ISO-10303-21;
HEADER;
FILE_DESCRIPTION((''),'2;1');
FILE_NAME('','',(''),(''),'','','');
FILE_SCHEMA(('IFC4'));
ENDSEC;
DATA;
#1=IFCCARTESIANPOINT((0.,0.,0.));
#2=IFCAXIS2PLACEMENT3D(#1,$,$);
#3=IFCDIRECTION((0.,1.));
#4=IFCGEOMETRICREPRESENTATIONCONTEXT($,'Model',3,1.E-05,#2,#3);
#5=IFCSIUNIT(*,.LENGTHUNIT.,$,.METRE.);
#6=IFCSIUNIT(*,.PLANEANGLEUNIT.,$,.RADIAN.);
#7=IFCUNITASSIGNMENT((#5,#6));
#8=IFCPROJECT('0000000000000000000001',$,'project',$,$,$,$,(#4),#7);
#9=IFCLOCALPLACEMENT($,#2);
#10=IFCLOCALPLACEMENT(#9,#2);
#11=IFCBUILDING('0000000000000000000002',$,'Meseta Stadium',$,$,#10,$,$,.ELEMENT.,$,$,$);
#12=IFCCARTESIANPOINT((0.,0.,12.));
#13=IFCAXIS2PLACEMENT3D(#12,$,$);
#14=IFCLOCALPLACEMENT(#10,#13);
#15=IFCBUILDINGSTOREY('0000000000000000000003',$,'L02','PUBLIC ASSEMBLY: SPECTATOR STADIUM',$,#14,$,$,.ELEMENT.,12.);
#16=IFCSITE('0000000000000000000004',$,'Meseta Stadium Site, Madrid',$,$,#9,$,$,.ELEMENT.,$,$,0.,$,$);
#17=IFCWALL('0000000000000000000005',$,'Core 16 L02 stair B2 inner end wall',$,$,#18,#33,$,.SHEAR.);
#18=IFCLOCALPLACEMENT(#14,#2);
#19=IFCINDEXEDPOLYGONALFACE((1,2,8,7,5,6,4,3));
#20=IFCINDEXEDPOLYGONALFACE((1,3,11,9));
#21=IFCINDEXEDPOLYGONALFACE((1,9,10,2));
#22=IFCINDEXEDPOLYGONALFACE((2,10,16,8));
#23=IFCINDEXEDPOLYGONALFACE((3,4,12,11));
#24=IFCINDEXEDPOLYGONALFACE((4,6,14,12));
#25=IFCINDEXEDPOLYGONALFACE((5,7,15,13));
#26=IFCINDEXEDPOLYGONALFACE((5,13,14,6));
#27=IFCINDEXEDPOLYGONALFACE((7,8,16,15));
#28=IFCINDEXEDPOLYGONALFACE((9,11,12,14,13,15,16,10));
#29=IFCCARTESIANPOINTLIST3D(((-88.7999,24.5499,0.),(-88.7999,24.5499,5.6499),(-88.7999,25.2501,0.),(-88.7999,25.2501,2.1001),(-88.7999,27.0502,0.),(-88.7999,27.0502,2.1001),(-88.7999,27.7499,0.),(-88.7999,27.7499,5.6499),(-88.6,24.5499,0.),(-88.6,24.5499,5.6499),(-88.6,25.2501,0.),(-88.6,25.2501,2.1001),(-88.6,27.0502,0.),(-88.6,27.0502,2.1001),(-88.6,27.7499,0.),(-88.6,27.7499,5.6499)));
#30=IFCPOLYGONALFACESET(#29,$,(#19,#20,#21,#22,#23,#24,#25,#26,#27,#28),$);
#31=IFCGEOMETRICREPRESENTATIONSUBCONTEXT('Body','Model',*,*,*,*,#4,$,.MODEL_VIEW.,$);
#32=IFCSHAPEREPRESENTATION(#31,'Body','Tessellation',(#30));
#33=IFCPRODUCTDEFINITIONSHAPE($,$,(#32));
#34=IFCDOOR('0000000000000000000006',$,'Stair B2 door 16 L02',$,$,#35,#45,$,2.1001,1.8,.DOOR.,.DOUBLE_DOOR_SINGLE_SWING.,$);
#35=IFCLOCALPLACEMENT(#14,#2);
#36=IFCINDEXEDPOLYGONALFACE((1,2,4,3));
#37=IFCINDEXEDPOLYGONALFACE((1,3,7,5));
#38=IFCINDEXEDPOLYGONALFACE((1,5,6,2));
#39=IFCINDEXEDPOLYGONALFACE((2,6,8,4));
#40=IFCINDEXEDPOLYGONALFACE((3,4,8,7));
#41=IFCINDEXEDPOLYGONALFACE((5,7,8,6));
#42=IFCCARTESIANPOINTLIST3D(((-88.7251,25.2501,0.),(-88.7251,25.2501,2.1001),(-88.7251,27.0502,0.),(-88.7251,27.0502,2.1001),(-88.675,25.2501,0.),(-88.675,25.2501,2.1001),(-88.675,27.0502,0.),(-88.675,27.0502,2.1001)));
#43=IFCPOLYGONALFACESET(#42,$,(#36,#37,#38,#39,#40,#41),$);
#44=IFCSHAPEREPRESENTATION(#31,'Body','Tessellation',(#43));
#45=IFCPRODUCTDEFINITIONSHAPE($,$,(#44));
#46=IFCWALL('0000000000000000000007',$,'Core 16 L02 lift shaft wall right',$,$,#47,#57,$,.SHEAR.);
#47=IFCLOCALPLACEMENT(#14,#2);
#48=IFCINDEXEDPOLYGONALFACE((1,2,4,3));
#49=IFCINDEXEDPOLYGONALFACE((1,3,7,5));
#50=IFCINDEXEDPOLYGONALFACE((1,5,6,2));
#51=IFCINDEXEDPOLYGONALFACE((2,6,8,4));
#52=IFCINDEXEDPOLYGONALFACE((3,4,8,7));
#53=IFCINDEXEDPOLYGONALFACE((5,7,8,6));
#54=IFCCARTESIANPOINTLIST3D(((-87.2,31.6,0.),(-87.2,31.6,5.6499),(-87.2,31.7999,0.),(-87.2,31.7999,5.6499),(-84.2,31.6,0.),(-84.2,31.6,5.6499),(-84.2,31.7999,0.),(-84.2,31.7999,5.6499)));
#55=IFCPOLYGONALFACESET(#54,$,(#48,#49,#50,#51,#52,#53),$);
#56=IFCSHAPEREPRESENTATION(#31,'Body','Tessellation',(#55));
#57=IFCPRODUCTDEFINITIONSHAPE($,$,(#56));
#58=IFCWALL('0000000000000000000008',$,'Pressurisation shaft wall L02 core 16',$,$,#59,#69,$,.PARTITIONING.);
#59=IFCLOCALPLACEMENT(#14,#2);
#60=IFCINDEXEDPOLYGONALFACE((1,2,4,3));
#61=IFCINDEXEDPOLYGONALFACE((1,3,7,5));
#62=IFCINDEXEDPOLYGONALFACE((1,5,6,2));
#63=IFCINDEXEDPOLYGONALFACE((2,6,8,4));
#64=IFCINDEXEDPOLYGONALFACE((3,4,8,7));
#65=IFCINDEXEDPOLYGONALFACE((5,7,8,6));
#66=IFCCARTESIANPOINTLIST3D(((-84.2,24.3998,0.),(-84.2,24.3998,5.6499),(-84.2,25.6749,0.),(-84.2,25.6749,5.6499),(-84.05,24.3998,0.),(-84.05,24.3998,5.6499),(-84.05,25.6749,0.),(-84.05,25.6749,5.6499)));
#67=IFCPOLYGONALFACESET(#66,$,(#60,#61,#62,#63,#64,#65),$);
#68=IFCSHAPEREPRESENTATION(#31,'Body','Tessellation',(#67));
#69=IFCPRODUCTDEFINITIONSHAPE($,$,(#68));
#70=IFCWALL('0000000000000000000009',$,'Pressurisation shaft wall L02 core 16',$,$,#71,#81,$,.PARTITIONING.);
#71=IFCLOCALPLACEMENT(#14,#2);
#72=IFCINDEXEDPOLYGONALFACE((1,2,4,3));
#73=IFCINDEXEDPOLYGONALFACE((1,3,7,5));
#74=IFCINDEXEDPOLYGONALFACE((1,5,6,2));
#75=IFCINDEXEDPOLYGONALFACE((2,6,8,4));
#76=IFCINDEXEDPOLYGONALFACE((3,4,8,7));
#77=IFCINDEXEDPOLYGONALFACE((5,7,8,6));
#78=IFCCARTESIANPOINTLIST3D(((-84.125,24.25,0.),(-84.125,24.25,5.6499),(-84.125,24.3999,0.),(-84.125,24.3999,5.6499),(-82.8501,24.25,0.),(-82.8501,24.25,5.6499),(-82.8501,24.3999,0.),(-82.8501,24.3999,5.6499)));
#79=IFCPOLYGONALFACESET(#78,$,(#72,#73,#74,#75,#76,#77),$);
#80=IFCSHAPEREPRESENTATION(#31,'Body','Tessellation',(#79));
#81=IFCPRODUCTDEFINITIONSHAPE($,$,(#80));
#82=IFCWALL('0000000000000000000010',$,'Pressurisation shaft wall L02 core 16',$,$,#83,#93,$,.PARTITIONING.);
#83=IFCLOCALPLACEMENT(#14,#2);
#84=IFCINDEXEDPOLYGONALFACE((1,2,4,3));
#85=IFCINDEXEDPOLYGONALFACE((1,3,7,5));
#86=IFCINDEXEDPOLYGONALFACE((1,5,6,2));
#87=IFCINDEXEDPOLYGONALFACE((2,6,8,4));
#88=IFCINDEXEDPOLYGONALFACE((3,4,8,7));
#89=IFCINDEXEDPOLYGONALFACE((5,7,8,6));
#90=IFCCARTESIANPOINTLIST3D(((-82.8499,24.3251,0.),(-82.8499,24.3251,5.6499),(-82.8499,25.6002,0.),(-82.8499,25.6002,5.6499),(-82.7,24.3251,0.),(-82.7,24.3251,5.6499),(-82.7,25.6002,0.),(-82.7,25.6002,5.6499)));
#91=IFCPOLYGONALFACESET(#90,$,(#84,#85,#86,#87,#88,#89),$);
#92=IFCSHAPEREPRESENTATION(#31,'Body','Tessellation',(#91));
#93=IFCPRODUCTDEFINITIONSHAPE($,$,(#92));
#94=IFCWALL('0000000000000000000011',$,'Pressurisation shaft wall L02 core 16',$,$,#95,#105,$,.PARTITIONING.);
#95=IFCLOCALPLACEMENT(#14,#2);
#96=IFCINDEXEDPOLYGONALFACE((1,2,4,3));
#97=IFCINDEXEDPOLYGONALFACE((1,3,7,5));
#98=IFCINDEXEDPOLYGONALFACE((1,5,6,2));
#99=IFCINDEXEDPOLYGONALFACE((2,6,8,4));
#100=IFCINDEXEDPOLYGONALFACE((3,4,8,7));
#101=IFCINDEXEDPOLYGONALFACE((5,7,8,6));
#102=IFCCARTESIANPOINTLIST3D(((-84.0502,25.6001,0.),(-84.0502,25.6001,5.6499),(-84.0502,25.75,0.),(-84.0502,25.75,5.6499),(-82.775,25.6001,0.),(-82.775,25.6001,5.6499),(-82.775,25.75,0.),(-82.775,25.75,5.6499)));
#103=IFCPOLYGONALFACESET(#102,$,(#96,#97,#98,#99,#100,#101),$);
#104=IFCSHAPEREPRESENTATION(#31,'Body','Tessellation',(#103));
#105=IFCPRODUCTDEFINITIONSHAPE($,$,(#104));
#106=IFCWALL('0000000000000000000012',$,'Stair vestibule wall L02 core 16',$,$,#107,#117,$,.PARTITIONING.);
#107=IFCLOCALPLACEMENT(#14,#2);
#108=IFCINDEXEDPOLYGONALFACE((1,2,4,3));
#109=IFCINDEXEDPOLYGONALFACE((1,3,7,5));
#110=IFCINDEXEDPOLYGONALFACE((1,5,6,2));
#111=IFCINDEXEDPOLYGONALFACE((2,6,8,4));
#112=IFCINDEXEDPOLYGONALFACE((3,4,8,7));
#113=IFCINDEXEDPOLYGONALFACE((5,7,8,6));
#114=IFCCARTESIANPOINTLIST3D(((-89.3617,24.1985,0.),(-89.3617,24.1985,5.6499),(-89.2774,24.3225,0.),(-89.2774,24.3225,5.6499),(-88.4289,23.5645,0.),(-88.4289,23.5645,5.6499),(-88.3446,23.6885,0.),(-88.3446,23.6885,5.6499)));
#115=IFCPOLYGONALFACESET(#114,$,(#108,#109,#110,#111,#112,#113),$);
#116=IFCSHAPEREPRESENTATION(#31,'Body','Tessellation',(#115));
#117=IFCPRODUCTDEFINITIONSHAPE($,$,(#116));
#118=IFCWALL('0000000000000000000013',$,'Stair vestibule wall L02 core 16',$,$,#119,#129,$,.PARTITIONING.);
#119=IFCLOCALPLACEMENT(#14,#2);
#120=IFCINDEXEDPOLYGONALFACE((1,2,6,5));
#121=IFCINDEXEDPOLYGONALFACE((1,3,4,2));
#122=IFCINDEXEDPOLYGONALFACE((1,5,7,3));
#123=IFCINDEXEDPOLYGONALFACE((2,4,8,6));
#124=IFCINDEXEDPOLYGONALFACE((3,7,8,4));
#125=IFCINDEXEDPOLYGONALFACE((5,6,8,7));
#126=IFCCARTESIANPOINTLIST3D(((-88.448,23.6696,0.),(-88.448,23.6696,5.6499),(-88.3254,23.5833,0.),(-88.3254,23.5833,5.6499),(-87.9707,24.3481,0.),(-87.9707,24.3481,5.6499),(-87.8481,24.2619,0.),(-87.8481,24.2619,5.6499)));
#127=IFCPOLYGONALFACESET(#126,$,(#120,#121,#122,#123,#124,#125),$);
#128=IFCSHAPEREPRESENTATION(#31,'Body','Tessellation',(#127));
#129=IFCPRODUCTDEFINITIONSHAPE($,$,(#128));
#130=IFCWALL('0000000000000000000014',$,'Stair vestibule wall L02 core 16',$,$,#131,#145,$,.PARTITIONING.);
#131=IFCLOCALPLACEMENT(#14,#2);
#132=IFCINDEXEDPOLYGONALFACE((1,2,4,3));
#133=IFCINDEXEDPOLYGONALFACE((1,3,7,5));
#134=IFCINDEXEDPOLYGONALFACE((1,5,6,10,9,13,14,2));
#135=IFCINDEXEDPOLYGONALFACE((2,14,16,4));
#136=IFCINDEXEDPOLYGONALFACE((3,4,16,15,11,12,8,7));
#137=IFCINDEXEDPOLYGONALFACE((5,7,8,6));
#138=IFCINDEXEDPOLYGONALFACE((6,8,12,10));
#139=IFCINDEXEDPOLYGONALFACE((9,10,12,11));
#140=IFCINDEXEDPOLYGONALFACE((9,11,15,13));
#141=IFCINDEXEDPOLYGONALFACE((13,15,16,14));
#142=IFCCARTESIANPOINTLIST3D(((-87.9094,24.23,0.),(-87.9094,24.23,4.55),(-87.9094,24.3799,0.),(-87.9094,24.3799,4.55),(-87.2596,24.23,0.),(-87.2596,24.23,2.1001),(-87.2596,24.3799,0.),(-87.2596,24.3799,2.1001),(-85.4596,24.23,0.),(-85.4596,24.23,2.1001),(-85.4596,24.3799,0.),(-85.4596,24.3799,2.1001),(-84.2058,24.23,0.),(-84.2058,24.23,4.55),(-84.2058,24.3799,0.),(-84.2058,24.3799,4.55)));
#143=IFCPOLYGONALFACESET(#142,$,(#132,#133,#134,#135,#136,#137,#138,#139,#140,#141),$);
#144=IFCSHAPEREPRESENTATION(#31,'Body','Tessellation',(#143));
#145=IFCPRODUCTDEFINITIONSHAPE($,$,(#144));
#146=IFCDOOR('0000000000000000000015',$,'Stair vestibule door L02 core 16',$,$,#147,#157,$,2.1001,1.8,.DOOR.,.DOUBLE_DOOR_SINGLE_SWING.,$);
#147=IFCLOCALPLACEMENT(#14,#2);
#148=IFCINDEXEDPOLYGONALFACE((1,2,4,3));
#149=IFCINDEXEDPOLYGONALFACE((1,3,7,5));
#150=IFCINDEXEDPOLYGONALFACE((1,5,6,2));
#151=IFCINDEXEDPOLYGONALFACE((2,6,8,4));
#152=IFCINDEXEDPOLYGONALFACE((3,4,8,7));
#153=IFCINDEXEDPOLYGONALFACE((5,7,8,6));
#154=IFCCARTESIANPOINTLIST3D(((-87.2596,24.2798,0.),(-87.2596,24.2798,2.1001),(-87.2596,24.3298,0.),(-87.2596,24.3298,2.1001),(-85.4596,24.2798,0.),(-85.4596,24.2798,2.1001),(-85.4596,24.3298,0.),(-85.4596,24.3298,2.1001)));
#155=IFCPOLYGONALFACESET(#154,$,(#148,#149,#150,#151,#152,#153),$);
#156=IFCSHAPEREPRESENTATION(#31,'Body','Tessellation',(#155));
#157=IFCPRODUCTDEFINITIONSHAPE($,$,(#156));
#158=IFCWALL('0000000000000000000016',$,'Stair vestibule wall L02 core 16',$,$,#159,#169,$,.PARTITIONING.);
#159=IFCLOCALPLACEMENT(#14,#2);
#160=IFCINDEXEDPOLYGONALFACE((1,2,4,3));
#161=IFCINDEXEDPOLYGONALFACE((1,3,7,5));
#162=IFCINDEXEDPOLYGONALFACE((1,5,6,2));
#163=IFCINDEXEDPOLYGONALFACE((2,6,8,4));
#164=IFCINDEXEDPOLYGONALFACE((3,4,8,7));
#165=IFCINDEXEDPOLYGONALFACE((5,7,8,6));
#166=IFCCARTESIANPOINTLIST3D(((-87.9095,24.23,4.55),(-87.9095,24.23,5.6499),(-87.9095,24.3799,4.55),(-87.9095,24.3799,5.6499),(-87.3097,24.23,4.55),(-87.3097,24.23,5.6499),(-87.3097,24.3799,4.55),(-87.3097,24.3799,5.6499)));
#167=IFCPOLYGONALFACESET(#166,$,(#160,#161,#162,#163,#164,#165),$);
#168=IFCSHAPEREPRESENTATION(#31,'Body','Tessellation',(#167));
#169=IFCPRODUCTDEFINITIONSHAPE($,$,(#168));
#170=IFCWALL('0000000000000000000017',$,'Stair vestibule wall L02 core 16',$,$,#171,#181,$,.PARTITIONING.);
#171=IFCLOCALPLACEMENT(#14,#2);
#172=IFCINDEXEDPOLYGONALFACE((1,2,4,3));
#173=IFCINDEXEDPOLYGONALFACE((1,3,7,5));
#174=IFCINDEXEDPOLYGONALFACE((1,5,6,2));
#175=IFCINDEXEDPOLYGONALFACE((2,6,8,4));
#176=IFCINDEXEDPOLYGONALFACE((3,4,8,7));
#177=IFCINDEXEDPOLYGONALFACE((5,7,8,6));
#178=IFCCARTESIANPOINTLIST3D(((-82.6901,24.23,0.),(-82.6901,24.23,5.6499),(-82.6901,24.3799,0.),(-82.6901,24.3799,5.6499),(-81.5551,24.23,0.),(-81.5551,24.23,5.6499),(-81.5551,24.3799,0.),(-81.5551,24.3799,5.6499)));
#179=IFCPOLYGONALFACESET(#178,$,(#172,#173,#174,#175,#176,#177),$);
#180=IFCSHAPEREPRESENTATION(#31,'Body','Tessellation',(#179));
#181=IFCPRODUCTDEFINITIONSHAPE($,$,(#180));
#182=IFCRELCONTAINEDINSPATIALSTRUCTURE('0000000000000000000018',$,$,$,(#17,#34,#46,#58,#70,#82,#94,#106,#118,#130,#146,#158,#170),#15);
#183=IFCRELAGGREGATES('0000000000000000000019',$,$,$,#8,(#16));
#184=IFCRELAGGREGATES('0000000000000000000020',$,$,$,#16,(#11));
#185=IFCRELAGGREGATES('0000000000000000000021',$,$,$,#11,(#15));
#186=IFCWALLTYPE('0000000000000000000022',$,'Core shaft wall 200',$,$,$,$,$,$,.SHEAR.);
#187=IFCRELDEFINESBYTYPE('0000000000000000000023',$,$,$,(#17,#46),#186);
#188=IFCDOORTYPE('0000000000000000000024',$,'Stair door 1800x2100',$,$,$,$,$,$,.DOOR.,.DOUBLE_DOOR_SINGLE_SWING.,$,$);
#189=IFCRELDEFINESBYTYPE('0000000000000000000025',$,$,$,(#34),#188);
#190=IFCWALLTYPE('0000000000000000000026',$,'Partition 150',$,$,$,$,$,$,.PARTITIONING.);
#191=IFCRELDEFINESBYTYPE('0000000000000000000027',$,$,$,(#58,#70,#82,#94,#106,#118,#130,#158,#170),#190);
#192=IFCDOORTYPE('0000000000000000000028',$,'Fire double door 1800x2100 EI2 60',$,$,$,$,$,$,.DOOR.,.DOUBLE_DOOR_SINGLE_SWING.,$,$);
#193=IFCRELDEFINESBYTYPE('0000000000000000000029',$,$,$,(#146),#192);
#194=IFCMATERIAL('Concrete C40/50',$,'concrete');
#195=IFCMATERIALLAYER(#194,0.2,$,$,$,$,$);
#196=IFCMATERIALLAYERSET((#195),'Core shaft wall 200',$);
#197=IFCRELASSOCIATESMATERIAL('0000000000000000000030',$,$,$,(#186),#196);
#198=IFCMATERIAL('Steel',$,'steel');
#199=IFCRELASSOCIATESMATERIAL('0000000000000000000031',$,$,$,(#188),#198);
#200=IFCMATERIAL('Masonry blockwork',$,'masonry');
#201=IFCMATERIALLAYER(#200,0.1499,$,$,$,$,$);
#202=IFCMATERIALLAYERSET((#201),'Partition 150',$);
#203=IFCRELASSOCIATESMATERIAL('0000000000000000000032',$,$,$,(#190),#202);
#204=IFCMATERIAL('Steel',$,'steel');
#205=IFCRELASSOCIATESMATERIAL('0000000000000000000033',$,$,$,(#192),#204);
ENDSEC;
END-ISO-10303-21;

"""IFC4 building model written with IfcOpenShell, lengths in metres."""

from ifc_helpers import new_model, si_unit, direction, frame, frame_2d, origin, place, context, subcontext, project, spatial, rectangle, extrude, material, layer, layer_set, type_object, element, fill, save


model = new_model("IFC4")

# Units and contexts
model_context = context("Model", 3, precision=1e-05, world=origin(), true_north=direction((0.0, 1.0)))
body_context = subcontext(model_context, "Body", "Model", "MODEL_VIEW")
ifc_project = project(units=[si_unit("LENGTHUNIT", "METRE"), si_unit("PLANEANGLEUNIT", "RADIAN")], contexts=[model_context])

# Site, building, storey
site_placement = place(None, origin())
site = spatial("IfcSite", under=ifc_project, at=site_placement, Name="Meseta Stadium Site, Madrid", CompositionType="ELEMENT", RefElevation=0.0)
building_placement = place(site_placement, origin())
building = spatial("IfcBuilding", under=site, at=building_placement, Name="Meseta Stadium", CompositionType="ELEMENT")
storey_placement = place(building_placement, frame((0.0, 0.0, 12.0)))
storey = spatial("IfcBuildingStorey", under=building, at=storey_placement, Name="L02", Description="PUBLIC ASSEMBLY: SPECTATOR STADIUM", CompositionType="ELEMENT", Elevation=12.0)

# Wall, opening, door
ifc_material_1 = material(Name="Concrete C40/50", Category="concrete")
ifc_layer_1 = layer(ifc_material_1, 0.2)
ifc_layer_set_1 = layer_set([ifc_layer_1], Name="Core shaft wall 200")
wall_type_1 = type_object("IfcWallType", Name="Core shaft wall 200", PredefinedType="SHEAR", material=ifc_layer_set_1)
ifc_material_2 = material(Name="Steel", Category="steel")
door_type_1 = type_object("IfcDoorType", Name="Stair door 1800x2100", OperationType="DOUBLE_DOOR_SINGLE_SWING", PredefinedType="DOOR", material=ifc_material_2)
wall_1_placement = place(storey_placement, frame((-88.7, 27.75, 0.0), z_axis=(0.0, 0.0, 1.0), x_axis=(0.0, -1.0, 0.0)))
wall_1 = element("IfcWall", 1, at=wall_1_placement, inside=storey, type_object=wall_type_1, Name="Core 16 L02 stair B2 inner end wall", PredefinedType="SHEAR", context=body_context, shape_type="SweptSolid", body=[
    extrude(rectangle(XDim=3.2, YDim=0.2, at=frame_2d((1.6001, 0.0))), origin(), (0.0, 0.0, 1.0), 5.6499),
])
opening_1_placement = place(wall_1_placement, frame((0.7, 0.0, 0.0)))
opening_1 = element("IfcOpeningElement", 2, at=opening_1_placement, cuts=wall_1, PredefinedType="OPENING", context=body_context, shape_type="SweptSolid", body=[
    extrude(rectangle(XDim=1.8, YDim=2.1001, at=frame_2d((0.8999, 1.05))), frame((0.0, 0.1099, 0.0), z_axis=(0.0, -1.0, 0.0), x_axis=(1.0, 0.0, 0.0)), (0.0, 0.0, 1.0), 0.22),
])
door_1_placement = place(opening_1_placement, origin())
door_1 = element("IfcDoor", 3, at=door_1_placement, inside=storey, type_object=door_type_1, Name="Stair B2 door 16 L02", OperationType="DOUBLE_DOOR_SINGLE_SWING", OverallHeight=2.1001, OverallWidth=1.8, PredefinedType="DOOR", context=body_context, shape_type="SweptSolid", body=[
    extrude(rectangle(XDim=1.8, YDim=2.1001, at=frame_2d((0.8999, 1.05))), frame((0.0, 0.0249, 0.0), z_axis=(0.0, -1.0, 0.0), x_axis=(1.0, 0.0, 0.0)), (0.0, 0.0, 1.0), 0.05),
])
fill(opening_1, door_1)

# Walls
wall_2_placement = place(storey_placement, frame((-87.2, 31.7, 0.0), z_axis=(0.0, 0.0, 1.0), x_axis=(1.0, 0.0, 0.0)))
element("IfcWall", 4, at=wall_2_placement, inside=storey, type_object=wall_type_1, Name="Core 16 L02 lift shaft wall right", PredefinedType="SHEAR", context=body_context, shape_type="SweptSolid", body=[
    extrude(rectangle(XDim=3.0, YDim=0.2, at=frame_2d((1.5, 0.0))), origin(), (0.0, 0.0, 1.0), 5.6499),
])
ifc_material_3 = material(Name="Masonry blockwork", Category="masonry")
ifc_layer_2 = layer(ifc_material_3, 0.1499)
ifc_layer_set_2 = layer_set([ifc_layer_2], Name="Partition 150")
wall_type_2 = type_object("IfcWallType", Name="Partition 150", PredefinedType="PARTITIONING", material=ifc_layer_set_2)
wall_3_placement = place(storey_placement, frame((-84.125, 25.675, 0.0), z_axis=(0.0, 0.0, 1.0), x_axis=(0.0, -1.0, 0.0)))
element("IfcWall", 5, at=wall_3_placement, inside=storey, type_object=wall_type_2, Name="Pressurisation shaft wall L02 core 16", PredefinedType="PARTITIONING", context=body_context, shape_type="SweptSolid", body=[
    extrude(rectangle(XDim=1.2751, YDim=0.1499, at=frame_2d((0.6377, 0.0))), origin(), (0.0, 0.0, 1.0), 5.6499),
])
wall_4_placement = place(storey_placement, frame((-84.125, 24.325, 0.0), z_axis=(0.0, 0.0, 1.0), x_axis=(1.0, 0.0, 0.0)))
element("IfcWall", 6, at=wall_4_placement, inside=storey, type_object=wall_type_2, Name="Pressurisation shaft wall L02 core 16", PredefinedType="PARTITIONING", context=body_context, shape_type="SweptSolid", body=[
    extrude(rectangle(XDim=1.2749, YDim=0.1499, at=frame_2d((0.6375, 0.0))), origin(), (0.0, 0.0, 1.0), 5.6499),
])
for number, where, z_axis, x_axis, name in (
    (7, (-82.7749, 24.325, 0.0), (0.0, 0.0, 1.0), (0.0, 1.0, 0.0), "Pressurisation shaft wall L02 core 16"),
    (8, (-82.7749, 25.675, 0.0), (0.0, 0.0, 1.0), (-1.0, 0.0, 0.0), "Pressurisation shaft wall L02 core 16"),
):
    element("IfcWall", number, at=place(storey_placement, frame(where, z_axis=z_axis, x_axis=x_axis)), inside=storey, type_object=wall_type_2, Name=name, PredefinedType="PARTITIONING", context=body_context, shape_type="SweptSolid", body=[
        extrude(rectangle(XDim=1.2751, YDim=0.1499, at=frame_2d((0.6377, 0.0))), origin(), (0.0, 0.0, 1.0), 5.6499),
    ])
wall_5_placement = place(storey_placement, frame((-89.3196, 24.2605, 0.0), z_axis=(0.0, 0.0, 1.0), x_axis=(0.827055, -0.562121, 0.0)))
element("IfcWall", 9, at=wall_5_placement, inside=storey, type_object=wall_type_2, Name="Stair vestibule wall L02 core 16", PredefinedType="PARTITIONING", context=body_context, shape_type="SweptSolid", body=[
    extrude(rectangle(XDim=1.1279, YDim=0.1499, at=frame_2d((0.564, 0.0))), origin(), (0.0, 0.0, 1.0), 5.6499),
])
wall_6_placement = place(storey_placement, frame((-88.3867, 23.6265, 0.0), z_axis=(0.0, 0.0, 1.0), x_axis=(0.575377, 0.817888, 0.0)))
element("IfcWall", 10, at=wall_6_placement, inside=storey, type_object=wall_type_2, Name="Stair vestibule wall L02 core 16", PredefinedType="PARTITIONING", context=body_context, shape_type="SweptSolid", body=[
    extrude(rectangle(XDim=0.8296, YDim=0.1499, at=frame_2d((0.4148, 0.0))), origin(), (0.0, 0.0, 1.0), 5.6499),
])

# Wall, opening, door
wall_7_placement = place(storey_placement, frame((-87.9094, 24.3049, 0.0), z_axis=(0.0, 0.0, 1.0), x_axis=(1.0, 0.0, 0.0)))
wall_7 = element("IfcWall", 11, at=wall_7_placement, inside=storey, type_object=wall_type_2, Name="Stair vestibule wall L02 core 16", PredefinedType="PARTITIONING", context=body_context, shape_type="SweptSolid", body=[
    extrude(rectangle(XDim=3.7036, YDim=0.1499, at=frame_2d((1.8518, 0.0))), origin(), (0.0, 0.0, 1.0), 4.55),
])
opening_2_placement = place(wall_7_placement, frame((0.6499, 0.0, 0.0)))
opening_2 = element("IfcOpeningElement", 12, at=opening_2_placement, cuts=wall_7, PredefinedType="OPENING", context=body_context, shape_type="SweptSolid", body=[
    extrude(rectangle(XDim=1.8, YDim=2.1001, at=frame_2d((0.8999, 1.05))), frame((0.0, 0.085, 0.0), z_axis=(0.0, -1.0, 0.0), x_axis=(1.0, 0.0, 0.0)), (0.0, 0.0, 1.0), 0.1699),
])
ifc_material_4 = material(Name="Steel", Category="steel")
door_type_2 = type_object("IfcDoorType", Name="Fire double door 1800x2100 EI2 60", OperationType="DOUBLE_DOOR_SINGLE_SWING", PredefinedType="DOOR", material=ifc_material_4)
door_2_placement = place(opening_2_placement, origin())
door_2 = element("IfcDoor", 13, at=door_2_placement, inside=storey, type_object=door_type_2, Name="Stair vestibule door L02 core 16", OperationType="DOUBLE_DOOR_SINGLE_SWING", OverallHeight=2.1001, OverallWidth=1.8, PredefinedType="DOOR", context=body_context, shape_type="SweptSolid", body=[
    extrude(rectangle(XDim=1.8, YDim=2.1001, at=frame_2d((0.8999, 1.05))), frame((0.0, 0.0249, 0.0), z_axis=(0.0, -1.0, 0.0), x_axis=(1.0, 0.0, 0.0)), (0.0, 0.0, 1.0), 0.05),
])
fill(opening_2, door_2)

# Walls
wall_8_placement = place(storey_placement, frame((-87.9094, 24.3049, 4.55), z_axis=(0.0, 0.0, 1.0), x_axis=(1.0, 0.0, 0.0)))
element("IfcWall", 14, at=wall_8_placement, inside=storey, type_object=wall_type_2, Name="Stair vestibule wall L02 core 16", PredefinedType="PARTITIONING", context=body_context, shape_type="SweptSolid", body=[
    extrude(rectangle(XDim=0.5999, YDim=0.1499, at=frame_2d((0.2998, 0.0))), origin(), (0.0, 0.0, 1.0), 1.0999),
])
wall_9_placement = place(storey_placement, frame((-82.6899, 24.3049, 0.0), z_axis=(0.0, 0.0, 1.0), x_axis=(1.0, 0.0, 0.0)))
element("IfcWall", 15, at=wall_9_placement, inside=storey, type_object=wall_type_2, Name="Stair vestibule wall L02 core 16", PredefinedType="PARTITIONING", context=body_context, shape_type="SweptSolid", body=[
    extrude(rectangle(XDim=1.135, YDim=0.1499, at=frame_2d((0.5674, 0.0))), origin(), (0.0, 0.0, 1.0), 5.6499),
])

save(model, "model.ifc")
